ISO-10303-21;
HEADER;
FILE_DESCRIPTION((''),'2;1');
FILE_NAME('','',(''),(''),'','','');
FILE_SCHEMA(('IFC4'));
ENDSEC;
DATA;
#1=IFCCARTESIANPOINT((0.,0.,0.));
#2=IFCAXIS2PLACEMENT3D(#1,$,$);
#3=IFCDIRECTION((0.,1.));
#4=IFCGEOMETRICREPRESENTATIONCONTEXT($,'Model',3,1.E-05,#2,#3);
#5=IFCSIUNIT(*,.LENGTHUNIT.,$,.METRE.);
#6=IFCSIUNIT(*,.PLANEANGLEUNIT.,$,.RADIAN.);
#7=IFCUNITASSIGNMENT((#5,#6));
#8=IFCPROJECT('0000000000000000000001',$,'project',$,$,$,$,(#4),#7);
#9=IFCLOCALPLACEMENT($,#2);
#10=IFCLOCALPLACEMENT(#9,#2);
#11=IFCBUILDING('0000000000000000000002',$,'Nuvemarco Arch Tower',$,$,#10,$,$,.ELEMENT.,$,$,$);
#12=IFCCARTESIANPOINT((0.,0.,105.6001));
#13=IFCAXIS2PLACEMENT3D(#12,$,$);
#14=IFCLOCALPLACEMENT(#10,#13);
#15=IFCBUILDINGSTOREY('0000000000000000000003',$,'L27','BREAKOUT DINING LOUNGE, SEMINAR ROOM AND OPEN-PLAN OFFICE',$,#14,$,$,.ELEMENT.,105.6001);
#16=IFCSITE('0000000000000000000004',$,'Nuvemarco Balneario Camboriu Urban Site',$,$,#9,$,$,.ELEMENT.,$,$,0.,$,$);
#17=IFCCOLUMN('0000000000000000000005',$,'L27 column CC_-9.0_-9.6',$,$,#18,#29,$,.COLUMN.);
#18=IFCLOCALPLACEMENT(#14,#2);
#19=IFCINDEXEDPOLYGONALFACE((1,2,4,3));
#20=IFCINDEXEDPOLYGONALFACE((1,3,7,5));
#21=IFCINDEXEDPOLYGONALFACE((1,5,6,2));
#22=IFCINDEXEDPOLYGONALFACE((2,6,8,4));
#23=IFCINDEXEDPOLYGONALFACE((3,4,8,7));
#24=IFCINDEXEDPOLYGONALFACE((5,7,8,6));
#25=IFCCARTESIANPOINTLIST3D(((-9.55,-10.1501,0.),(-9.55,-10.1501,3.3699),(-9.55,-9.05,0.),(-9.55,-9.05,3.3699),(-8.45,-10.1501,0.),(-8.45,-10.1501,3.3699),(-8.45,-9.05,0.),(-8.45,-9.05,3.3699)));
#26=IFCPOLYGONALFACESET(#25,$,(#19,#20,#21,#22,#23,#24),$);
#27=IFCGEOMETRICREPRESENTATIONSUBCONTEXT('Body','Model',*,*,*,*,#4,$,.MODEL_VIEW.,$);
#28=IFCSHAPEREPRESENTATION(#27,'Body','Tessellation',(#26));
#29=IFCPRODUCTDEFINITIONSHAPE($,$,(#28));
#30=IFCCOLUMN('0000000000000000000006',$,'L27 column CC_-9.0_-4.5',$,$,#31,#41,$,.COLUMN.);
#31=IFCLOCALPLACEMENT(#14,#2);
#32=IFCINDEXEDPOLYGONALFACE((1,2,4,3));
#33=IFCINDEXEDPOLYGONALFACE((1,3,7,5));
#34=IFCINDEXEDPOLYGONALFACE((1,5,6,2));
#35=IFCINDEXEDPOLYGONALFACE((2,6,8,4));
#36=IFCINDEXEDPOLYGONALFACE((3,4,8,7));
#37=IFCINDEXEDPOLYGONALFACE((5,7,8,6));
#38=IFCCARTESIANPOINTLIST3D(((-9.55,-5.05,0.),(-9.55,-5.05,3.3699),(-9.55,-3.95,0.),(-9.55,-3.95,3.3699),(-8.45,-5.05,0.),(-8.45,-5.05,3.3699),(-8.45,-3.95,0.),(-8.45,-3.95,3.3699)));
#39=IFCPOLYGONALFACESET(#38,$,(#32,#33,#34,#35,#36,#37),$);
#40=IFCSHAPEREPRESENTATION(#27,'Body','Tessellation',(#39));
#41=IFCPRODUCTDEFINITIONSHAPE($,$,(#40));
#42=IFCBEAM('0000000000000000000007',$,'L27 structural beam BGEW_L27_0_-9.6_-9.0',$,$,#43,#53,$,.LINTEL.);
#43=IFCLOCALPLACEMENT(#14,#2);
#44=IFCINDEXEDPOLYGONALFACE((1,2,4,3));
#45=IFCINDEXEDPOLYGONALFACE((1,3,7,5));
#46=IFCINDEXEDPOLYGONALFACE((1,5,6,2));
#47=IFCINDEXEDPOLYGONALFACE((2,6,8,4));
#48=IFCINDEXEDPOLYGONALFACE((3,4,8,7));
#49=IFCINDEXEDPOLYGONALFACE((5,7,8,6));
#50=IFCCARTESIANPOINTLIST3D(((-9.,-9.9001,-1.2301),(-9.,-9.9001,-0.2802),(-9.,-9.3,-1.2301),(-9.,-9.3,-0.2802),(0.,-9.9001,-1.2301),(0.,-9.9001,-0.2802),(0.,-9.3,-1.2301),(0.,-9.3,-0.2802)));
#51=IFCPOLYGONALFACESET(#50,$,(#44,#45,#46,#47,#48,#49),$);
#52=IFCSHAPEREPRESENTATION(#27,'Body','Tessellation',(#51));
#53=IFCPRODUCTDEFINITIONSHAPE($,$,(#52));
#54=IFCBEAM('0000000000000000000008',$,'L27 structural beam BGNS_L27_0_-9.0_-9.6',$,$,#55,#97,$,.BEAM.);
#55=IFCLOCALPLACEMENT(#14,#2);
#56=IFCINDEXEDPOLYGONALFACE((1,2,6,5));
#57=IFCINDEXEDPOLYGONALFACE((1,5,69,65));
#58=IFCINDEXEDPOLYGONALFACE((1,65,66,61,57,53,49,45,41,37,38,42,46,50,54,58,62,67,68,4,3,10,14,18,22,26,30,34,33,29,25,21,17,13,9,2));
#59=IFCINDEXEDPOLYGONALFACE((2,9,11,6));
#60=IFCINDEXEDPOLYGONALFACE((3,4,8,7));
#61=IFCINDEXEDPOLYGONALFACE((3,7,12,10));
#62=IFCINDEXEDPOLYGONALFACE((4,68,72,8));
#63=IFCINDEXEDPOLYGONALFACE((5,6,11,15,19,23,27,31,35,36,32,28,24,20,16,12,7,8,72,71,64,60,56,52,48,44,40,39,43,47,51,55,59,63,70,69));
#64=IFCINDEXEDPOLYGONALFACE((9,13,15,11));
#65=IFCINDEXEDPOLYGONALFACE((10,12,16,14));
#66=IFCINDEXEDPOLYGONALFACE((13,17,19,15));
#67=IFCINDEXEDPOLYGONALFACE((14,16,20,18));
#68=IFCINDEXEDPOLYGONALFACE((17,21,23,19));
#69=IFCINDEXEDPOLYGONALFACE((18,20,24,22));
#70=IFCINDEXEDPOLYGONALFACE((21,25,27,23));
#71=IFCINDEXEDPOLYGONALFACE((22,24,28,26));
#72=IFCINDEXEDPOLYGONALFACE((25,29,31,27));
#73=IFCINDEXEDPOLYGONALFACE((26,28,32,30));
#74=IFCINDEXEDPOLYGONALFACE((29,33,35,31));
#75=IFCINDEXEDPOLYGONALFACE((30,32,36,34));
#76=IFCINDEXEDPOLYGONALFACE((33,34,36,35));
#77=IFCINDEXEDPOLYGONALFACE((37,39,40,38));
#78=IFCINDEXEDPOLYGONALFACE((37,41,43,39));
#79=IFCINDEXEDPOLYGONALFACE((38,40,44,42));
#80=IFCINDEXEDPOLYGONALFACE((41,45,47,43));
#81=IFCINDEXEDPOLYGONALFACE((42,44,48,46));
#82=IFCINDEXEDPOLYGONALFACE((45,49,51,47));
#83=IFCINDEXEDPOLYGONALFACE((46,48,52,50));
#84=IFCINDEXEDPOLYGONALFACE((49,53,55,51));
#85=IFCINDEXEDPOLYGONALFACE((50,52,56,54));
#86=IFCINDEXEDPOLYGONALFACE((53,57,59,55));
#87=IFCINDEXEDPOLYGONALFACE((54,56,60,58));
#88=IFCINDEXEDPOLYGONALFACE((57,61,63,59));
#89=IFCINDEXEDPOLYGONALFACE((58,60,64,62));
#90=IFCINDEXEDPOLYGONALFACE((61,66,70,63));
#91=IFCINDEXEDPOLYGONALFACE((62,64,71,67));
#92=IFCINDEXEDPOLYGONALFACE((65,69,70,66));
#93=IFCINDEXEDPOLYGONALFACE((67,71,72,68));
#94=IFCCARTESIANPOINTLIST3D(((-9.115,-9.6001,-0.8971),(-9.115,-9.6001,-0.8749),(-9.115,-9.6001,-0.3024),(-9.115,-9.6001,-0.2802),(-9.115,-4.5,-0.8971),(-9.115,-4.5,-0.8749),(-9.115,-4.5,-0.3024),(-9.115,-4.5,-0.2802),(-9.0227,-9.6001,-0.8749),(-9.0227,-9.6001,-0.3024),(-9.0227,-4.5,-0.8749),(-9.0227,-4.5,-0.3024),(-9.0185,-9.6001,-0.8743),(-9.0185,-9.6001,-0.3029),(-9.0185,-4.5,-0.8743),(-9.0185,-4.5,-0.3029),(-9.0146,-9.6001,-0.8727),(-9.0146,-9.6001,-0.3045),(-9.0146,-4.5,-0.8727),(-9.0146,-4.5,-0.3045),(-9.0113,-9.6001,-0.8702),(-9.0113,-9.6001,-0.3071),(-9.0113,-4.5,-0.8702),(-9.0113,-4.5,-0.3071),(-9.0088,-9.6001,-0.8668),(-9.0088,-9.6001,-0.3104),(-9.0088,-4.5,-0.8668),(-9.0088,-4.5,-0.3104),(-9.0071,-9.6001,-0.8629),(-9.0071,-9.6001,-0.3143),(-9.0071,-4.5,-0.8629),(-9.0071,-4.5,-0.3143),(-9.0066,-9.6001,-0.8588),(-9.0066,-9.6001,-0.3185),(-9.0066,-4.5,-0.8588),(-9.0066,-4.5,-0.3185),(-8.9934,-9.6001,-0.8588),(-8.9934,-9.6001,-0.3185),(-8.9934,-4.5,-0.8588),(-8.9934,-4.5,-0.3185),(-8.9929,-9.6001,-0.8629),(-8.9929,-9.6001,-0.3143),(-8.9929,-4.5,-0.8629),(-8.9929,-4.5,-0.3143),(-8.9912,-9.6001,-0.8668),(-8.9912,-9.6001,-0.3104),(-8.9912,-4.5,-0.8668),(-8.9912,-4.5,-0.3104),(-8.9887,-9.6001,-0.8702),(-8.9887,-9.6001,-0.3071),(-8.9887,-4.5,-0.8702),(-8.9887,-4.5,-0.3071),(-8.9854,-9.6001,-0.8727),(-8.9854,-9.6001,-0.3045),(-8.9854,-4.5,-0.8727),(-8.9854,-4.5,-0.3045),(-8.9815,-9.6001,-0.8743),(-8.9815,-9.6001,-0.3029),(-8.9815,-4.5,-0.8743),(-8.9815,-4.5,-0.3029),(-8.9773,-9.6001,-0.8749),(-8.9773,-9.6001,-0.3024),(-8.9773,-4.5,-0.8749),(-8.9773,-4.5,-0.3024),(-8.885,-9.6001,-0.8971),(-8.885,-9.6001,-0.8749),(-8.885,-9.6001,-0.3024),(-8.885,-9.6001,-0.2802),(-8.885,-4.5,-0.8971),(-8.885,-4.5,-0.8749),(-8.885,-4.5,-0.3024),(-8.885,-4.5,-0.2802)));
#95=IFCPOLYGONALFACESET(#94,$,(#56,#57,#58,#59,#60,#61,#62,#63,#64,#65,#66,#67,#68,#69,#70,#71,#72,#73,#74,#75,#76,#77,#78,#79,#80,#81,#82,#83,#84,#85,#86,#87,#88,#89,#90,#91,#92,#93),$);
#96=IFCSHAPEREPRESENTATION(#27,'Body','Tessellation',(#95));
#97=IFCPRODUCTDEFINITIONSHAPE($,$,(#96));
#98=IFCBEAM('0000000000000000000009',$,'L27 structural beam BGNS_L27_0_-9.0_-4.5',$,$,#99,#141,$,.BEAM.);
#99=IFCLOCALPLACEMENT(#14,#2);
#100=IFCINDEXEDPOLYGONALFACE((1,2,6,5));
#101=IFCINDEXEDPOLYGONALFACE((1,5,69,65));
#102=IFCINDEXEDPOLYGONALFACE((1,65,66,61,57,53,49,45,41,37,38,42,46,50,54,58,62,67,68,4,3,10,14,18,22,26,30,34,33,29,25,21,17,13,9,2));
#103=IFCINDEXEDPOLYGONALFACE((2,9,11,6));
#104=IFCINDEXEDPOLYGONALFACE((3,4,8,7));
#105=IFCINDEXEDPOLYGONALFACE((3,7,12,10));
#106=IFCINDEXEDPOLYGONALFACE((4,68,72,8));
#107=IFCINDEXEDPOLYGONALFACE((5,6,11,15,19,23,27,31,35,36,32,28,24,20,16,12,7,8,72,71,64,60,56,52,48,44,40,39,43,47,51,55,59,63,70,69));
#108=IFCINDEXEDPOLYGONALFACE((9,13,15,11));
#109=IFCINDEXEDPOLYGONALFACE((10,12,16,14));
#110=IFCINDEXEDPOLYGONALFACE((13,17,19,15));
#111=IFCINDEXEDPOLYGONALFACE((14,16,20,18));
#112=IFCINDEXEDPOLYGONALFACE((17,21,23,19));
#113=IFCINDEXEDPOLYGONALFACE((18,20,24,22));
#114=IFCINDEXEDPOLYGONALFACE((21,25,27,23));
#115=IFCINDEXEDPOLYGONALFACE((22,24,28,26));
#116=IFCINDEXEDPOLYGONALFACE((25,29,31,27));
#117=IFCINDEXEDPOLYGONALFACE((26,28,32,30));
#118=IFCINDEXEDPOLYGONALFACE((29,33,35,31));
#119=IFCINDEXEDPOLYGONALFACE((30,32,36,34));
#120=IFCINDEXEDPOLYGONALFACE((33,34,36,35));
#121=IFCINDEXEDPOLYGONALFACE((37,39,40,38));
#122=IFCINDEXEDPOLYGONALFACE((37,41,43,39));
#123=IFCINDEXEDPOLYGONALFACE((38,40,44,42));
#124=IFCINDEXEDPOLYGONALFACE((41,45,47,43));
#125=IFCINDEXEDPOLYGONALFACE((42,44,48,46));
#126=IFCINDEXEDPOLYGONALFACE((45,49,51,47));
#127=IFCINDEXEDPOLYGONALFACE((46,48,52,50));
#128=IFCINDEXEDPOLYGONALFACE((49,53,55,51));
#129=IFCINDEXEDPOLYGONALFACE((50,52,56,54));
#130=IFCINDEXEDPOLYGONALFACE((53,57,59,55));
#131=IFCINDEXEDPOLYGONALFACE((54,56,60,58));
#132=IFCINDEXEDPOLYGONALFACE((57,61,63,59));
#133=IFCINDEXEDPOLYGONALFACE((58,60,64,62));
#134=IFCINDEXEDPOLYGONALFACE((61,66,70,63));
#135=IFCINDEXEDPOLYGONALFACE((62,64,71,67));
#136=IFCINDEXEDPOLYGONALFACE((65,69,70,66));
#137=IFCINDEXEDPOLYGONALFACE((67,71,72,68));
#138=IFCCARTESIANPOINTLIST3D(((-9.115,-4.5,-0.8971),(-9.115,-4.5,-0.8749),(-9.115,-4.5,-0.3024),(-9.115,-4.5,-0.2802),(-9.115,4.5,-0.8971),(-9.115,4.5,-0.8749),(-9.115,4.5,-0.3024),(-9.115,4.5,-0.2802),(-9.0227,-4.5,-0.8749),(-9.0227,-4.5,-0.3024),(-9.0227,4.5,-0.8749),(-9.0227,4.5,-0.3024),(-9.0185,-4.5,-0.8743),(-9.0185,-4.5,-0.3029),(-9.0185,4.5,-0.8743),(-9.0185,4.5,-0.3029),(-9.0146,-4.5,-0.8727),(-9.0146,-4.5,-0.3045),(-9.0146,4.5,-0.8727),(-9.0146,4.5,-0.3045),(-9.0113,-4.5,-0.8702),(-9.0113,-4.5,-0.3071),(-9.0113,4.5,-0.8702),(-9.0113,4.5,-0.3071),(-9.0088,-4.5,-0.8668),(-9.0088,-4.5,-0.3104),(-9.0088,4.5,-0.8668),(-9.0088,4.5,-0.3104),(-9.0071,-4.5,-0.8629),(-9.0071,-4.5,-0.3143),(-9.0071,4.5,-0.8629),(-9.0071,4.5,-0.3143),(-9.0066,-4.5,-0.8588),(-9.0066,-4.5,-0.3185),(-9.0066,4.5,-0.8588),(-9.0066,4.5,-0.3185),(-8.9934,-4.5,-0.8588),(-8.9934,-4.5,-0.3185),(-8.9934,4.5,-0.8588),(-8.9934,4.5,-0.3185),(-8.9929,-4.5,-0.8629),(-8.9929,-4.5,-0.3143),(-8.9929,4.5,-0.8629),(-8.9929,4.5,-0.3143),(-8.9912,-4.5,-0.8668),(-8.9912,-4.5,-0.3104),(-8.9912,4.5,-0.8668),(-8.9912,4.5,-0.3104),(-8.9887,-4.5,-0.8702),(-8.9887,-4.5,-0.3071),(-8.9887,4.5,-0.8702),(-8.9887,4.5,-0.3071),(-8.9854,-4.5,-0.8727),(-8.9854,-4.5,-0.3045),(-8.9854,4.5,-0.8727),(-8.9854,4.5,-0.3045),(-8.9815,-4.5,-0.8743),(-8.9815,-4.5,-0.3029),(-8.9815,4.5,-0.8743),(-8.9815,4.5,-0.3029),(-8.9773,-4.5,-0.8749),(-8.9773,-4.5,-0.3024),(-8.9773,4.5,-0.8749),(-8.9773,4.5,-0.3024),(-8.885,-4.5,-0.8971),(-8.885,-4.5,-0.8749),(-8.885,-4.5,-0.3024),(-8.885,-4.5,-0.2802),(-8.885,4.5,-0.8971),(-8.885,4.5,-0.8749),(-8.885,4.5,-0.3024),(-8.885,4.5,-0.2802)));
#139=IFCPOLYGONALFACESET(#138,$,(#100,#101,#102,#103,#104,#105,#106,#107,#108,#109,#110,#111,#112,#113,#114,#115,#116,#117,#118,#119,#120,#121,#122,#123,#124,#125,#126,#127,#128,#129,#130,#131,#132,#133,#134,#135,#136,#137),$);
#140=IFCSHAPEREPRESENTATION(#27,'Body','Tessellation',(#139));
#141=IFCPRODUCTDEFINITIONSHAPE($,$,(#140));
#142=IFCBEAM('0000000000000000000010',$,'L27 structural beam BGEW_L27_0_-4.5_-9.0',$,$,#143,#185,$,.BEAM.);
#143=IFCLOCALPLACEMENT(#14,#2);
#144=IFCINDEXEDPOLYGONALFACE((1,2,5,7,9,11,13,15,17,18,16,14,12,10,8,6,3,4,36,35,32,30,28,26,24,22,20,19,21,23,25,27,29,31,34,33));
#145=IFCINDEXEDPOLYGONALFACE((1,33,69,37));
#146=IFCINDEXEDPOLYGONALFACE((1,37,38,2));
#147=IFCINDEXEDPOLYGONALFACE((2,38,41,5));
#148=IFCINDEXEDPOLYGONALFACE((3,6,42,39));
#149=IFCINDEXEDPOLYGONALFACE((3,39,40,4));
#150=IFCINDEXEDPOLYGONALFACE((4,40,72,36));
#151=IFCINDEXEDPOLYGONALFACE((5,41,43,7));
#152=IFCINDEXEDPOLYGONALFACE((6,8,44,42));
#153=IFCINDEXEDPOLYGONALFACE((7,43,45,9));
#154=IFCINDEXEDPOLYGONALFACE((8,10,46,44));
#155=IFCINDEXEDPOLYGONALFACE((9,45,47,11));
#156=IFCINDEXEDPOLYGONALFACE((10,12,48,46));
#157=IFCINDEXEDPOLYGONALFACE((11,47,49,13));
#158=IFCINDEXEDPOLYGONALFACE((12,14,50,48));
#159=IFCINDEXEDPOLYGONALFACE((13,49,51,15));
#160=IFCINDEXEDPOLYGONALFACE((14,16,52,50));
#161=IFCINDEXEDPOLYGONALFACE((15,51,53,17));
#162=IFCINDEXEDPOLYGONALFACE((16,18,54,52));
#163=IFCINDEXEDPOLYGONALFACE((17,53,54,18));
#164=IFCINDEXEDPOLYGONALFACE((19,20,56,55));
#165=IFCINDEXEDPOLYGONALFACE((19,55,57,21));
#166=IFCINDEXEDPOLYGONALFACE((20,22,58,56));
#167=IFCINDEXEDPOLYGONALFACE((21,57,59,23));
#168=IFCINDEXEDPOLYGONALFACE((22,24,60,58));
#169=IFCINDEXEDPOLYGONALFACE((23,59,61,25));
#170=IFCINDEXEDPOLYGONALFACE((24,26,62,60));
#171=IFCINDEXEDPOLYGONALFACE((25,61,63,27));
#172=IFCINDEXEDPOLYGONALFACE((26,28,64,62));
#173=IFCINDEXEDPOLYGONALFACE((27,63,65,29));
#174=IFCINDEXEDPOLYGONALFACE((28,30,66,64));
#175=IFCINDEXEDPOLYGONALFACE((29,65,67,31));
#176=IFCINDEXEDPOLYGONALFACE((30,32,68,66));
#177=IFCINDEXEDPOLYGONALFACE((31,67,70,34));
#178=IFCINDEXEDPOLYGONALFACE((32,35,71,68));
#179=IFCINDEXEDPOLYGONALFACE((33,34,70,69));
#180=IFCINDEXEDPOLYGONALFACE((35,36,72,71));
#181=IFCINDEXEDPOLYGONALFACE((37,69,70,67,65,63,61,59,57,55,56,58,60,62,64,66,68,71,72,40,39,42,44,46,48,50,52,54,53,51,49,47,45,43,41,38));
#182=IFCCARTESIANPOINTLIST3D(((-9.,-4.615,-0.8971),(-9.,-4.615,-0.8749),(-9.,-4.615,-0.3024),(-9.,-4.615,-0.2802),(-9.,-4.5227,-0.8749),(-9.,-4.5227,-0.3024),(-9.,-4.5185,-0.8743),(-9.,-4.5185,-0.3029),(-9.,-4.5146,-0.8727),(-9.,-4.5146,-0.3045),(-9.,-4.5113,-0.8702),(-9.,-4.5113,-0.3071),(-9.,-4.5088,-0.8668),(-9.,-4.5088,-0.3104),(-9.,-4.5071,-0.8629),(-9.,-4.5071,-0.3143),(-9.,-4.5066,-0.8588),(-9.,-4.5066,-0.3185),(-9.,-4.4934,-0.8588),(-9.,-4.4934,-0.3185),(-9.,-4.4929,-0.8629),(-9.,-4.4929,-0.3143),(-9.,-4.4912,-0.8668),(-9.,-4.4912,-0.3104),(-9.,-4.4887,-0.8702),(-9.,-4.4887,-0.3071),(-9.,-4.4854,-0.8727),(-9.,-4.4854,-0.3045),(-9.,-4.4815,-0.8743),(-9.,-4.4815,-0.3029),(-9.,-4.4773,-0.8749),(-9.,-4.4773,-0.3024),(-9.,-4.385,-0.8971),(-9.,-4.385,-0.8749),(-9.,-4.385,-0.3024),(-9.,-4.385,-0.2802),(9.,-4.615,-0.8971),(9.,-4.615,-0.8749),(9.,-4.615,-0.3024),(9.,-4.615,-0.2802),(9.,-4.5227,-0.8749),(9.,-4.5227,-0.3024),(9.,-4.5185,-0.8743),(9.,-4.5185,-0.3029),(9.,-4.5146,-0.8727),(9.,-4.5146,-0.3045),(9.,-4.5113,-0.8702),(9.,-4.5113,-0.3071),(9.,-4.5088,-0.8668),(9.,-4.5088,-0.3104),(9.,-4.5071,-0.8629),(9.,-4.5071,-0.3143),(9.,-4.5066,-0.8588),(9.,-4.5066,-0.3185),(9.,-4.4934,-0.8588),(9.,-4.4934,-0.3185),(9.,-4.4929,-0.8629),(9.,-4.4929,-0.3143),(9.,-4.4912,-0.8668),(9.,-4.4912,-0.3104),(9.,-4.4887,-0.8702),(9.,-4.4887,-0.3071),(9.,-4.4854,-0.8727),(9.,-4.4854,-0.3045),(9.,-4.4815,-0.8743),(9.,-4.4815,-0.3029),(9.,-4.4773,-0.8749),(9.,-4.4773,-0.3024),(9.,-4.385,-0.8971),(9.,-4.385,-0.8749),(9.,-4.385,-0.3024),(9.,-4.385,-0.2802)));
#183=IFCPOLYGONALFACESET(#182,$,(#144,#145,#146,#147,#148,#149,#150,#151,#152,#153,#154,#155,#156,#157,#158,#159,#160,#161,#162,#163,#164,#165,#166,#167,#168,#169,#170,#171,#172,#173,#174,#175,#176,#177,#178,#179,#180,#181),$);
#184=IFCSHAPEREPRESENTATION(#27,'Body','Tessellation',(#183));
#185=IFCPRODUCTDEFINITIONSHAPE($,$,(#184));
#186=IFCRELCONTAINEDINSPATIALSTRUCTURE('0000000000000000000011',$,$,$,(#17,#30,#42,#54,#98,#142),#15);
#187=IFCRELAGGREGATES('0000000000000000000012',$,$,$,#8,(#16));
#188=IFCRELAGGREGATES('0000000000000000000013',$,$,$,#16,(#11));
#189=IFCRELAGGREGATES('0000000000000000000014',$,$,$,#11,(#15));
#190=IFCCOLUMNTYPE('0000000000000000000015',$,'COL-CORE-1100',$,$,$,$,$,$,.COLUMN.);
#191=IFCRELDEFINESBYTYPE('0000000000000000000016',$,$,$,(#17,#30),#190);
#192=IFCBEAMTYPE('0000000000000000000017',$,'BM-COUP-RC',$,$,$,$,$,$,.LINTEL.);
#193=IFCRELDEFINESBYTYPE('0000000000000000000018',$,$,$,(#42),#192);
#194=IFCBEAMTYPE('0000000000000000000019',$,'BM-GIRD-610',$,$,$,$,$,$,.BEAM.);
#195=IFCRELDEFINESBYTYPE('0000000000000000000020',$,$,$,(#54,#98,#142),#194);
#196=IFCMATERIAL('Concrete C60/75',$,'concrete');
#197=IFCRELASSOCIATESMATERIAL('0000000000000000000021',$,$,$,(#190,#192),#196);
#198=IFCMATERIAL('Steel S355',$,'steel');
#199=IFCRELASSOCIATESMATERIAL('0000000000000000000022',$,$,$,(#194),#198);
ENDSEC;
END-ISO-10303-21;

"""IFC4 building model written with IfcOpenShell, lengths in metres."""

from ifc_helpers import new_model, si_unit, direction, frame, origin, origin_2d, place, context, subcontext, project, spatial, rectangle, i_section, extrude, material, material_profile, profile_set, type_object, element, save


model = new_model("IFC4")

# Units and contexts
model_context = context("Model", 3, precision=1e-05, world=origin(), true_north=direction((0.0, 1.0)))
body_context = subcontext(model_context, "Body", "Model", "MODEL_VIEW")
ifc_project = project(units=[si_unit("LENGTHUNIT", "METRE"), si_unit("PLANEANGLEUNIT", "RADIAN")], contexts=[model_context])

# Site, building, storey
site_placement = place(None, origin())
site = spatial("IfcSite", under=ifc_project, at=site_placement, Name="Nuvemarco Balneario Camboriu Urban Site", CompositionType="ELEMENT", RefElevation=0.0)
building_placement = place(site_placement, origin())
building = spatial("IfcBuilding", under=site, at=building_placement, Name="Nuvemarco Arch Tower", CompositionType="ELEMENT")
storey_placement = place(building_placement, frame((0.0, 0.0, 105.6001)))
storey = spatial("IfcBuildingStorey", under=building, at=storey_placement, Name="L27", Description="BREAKOUT DINING LOUNGE, SEMINAR ROOM AND OPEN-PLAN OFFICE", CompositionType="ELEMENT", Elevation=105.6001)

# Columns
ifc_material_1 = material(Name="Concrete C60/75", Category="concrete")
ifc_material_profile_1 = material_profile(ifc_material_1, rectangle(XDim=1.1001, YDim=1.1001, at=origin_2d()), Name="RC-COL-1100x1100")
ifc_profile_set_1 = profile_set([ifc_material_profile_1], Name="Concrete C60/75")
column_type = type_object("IfcColumnType", Name="COL-CORE-1100", PredefinedType="COLUMN", material=ifc_profile_set_1)
for number, where, z_axis, x_axis, name in (
    (1, (-9.0, -9.6001, 0.0), (0.0, 0.0, 1.0), (1.0, 0.0, 0.0), "L27 column CC_-9.0_-9.6"),
    (2, (-9.0, -4.5, 0.0), (0.0, 0.0, 1.0), (1.0, 0.0, 0.0), "L27 column CC_-9.0_-4.5"),
):
    element("IfcColumn", number, at=place(storey_placement, frame(where, z_axis=z_axis, x_axis=x_axis)), inside=storey, type_object=column_type, Name=name, PredefinedType="COLUMN", context=body_context, shape_type="SweptSolid", body=[
        extrude(rectangle(XDim=1.1001, YDim=1.1001, at=origin_2d()), origin(), (0.0, 0.0, 1.0), 3.3699),
    ])

# Beams
ifc_material_profile_2 = material_profile(ifc_material_1, rectangle(XDim=0.6001, YDim=0.95, at=origin_2d()), Name="RC-BM-600x950")
ifc_profile_set_2 = profile_set([ifc_material_profile_2], Name="Concrete C60/75")
beam_type_1 = type_object("IfcBeamType", Name="BM-COUP-RC", PredefinedType="LINTEL", material=ifc_profile_set_2)
beam_1_placement = place(storey_placement, frame((-9.0, -9.6001, -0.7551), z_axis=(1.0, 0.0, 0.0), x_axis=(0.0, 1.0, 0.0)))
element("IfcBeam", 3, at=beam_1_placement, inside=storey, type_object=beam_type_1, Name="L27 structural beam BGEW_L27_0_-9.6_-9.0", PredefinedType="LINTEL", context=body_context, shape_type="SweptSolid", body=[
    extrude(rectangle(XDim=0.6001, YDim=0.95, at=origin_2d()), origin(), (0.0, 0.0, 1.0), 9.0),
])
ifc_material_2 = material(Name="Steel S355", Category="steel")
ifc_material_profile_3 = material_profile(ifc_material_2, i_section(OverallWidth=0.23, OverallDepth=0.6169, WebThickness=0.0132, FlangeThickness=0.0222, FilletRadius=0.0161, at=origin_2d()), Name="W610x140")
ifc_profile_set_3 = profile_set([ifc_material_profile_3], Name="Steel S355")
beam_type_2 = type_object("IfcBeamType", Name="BM-GIRD-610", PredefinedType="BEAM", material=ifc_profile_set_3)
beam_2_placement = place(storey_placement, frame((-9.0, -9.6001, -0.5886), z_axis=(0.0, 1.0, 0.0), x_axis=(-1.0, 0.0, 0.0)))
element("IfcBeam", 4, at=beam_2_placement, inside=storey, type_object=beam_type_2, Name="L27 structural beam BGNS_L27_0_-9.0_-9.6", PredefinedType="BEAM", context=body_context, shape_type="SweptSolid", body=[
    extrude(i_section(OverallWidth=0.23, OverallDepth=0.6169, WebThickness=0.0132, FlangeThickness=0.0222, FilletRadius=0.0161, at=origin_2d()), origin(), (0.0, 0.0, 1.0), 5.1001),
])
beam_3_placement = place(storey_placement, frame((-9.0, -4.5, -0.5886), z_axis=(0.0, 1.0, 0.0), x_axis=(-1.0, 0.0, 0.0)))
element("IfcBeam", 5, at=beam_3_placement, inside=storey, type_object=beam_type_2, Name="L27 structural beam BGNS_L27_0_-9.0_-4.5", PredefinedType="BEAM", context=body_context, shape_type="SweptSolid", body=[
    extrude(i_section(OverallWidth=0.23, OverallDepth=0.6169, WebThickness=0.0132, FlangeThickness=0.0222, FilletRadius=0.0161, at=origin_2d()), origin(), (0.0, 0.0, 1.0), 9.0),
])
beam_4_placement = place(storey_placement, frame((-9.0, -4.5, -0.5886), z_axis=(1.0, 0.0, 0.0), x_axis=(0.0, 1.0, 0.0)))
element("IfcBeam", 6, at=beam_4_placement, inside=storey, type_object=beam_type_2, Name="L27 structural beam BGEW_L27_0_-4.5_-9.0", PredefinedType="BEAM", context=body_context, shape_type="SweptSolid", body=[
    extrude(i_section(OverallWidth=0.23, OverallDepth=0.6169, WebThickness=0.0132, FlangeThickness=0.0222, FilletRadius=0.0161, at=origin_2d()), origin(), (0.0, 0.0, 1.0), 18.0),
])

save(model, "model.ifc")
